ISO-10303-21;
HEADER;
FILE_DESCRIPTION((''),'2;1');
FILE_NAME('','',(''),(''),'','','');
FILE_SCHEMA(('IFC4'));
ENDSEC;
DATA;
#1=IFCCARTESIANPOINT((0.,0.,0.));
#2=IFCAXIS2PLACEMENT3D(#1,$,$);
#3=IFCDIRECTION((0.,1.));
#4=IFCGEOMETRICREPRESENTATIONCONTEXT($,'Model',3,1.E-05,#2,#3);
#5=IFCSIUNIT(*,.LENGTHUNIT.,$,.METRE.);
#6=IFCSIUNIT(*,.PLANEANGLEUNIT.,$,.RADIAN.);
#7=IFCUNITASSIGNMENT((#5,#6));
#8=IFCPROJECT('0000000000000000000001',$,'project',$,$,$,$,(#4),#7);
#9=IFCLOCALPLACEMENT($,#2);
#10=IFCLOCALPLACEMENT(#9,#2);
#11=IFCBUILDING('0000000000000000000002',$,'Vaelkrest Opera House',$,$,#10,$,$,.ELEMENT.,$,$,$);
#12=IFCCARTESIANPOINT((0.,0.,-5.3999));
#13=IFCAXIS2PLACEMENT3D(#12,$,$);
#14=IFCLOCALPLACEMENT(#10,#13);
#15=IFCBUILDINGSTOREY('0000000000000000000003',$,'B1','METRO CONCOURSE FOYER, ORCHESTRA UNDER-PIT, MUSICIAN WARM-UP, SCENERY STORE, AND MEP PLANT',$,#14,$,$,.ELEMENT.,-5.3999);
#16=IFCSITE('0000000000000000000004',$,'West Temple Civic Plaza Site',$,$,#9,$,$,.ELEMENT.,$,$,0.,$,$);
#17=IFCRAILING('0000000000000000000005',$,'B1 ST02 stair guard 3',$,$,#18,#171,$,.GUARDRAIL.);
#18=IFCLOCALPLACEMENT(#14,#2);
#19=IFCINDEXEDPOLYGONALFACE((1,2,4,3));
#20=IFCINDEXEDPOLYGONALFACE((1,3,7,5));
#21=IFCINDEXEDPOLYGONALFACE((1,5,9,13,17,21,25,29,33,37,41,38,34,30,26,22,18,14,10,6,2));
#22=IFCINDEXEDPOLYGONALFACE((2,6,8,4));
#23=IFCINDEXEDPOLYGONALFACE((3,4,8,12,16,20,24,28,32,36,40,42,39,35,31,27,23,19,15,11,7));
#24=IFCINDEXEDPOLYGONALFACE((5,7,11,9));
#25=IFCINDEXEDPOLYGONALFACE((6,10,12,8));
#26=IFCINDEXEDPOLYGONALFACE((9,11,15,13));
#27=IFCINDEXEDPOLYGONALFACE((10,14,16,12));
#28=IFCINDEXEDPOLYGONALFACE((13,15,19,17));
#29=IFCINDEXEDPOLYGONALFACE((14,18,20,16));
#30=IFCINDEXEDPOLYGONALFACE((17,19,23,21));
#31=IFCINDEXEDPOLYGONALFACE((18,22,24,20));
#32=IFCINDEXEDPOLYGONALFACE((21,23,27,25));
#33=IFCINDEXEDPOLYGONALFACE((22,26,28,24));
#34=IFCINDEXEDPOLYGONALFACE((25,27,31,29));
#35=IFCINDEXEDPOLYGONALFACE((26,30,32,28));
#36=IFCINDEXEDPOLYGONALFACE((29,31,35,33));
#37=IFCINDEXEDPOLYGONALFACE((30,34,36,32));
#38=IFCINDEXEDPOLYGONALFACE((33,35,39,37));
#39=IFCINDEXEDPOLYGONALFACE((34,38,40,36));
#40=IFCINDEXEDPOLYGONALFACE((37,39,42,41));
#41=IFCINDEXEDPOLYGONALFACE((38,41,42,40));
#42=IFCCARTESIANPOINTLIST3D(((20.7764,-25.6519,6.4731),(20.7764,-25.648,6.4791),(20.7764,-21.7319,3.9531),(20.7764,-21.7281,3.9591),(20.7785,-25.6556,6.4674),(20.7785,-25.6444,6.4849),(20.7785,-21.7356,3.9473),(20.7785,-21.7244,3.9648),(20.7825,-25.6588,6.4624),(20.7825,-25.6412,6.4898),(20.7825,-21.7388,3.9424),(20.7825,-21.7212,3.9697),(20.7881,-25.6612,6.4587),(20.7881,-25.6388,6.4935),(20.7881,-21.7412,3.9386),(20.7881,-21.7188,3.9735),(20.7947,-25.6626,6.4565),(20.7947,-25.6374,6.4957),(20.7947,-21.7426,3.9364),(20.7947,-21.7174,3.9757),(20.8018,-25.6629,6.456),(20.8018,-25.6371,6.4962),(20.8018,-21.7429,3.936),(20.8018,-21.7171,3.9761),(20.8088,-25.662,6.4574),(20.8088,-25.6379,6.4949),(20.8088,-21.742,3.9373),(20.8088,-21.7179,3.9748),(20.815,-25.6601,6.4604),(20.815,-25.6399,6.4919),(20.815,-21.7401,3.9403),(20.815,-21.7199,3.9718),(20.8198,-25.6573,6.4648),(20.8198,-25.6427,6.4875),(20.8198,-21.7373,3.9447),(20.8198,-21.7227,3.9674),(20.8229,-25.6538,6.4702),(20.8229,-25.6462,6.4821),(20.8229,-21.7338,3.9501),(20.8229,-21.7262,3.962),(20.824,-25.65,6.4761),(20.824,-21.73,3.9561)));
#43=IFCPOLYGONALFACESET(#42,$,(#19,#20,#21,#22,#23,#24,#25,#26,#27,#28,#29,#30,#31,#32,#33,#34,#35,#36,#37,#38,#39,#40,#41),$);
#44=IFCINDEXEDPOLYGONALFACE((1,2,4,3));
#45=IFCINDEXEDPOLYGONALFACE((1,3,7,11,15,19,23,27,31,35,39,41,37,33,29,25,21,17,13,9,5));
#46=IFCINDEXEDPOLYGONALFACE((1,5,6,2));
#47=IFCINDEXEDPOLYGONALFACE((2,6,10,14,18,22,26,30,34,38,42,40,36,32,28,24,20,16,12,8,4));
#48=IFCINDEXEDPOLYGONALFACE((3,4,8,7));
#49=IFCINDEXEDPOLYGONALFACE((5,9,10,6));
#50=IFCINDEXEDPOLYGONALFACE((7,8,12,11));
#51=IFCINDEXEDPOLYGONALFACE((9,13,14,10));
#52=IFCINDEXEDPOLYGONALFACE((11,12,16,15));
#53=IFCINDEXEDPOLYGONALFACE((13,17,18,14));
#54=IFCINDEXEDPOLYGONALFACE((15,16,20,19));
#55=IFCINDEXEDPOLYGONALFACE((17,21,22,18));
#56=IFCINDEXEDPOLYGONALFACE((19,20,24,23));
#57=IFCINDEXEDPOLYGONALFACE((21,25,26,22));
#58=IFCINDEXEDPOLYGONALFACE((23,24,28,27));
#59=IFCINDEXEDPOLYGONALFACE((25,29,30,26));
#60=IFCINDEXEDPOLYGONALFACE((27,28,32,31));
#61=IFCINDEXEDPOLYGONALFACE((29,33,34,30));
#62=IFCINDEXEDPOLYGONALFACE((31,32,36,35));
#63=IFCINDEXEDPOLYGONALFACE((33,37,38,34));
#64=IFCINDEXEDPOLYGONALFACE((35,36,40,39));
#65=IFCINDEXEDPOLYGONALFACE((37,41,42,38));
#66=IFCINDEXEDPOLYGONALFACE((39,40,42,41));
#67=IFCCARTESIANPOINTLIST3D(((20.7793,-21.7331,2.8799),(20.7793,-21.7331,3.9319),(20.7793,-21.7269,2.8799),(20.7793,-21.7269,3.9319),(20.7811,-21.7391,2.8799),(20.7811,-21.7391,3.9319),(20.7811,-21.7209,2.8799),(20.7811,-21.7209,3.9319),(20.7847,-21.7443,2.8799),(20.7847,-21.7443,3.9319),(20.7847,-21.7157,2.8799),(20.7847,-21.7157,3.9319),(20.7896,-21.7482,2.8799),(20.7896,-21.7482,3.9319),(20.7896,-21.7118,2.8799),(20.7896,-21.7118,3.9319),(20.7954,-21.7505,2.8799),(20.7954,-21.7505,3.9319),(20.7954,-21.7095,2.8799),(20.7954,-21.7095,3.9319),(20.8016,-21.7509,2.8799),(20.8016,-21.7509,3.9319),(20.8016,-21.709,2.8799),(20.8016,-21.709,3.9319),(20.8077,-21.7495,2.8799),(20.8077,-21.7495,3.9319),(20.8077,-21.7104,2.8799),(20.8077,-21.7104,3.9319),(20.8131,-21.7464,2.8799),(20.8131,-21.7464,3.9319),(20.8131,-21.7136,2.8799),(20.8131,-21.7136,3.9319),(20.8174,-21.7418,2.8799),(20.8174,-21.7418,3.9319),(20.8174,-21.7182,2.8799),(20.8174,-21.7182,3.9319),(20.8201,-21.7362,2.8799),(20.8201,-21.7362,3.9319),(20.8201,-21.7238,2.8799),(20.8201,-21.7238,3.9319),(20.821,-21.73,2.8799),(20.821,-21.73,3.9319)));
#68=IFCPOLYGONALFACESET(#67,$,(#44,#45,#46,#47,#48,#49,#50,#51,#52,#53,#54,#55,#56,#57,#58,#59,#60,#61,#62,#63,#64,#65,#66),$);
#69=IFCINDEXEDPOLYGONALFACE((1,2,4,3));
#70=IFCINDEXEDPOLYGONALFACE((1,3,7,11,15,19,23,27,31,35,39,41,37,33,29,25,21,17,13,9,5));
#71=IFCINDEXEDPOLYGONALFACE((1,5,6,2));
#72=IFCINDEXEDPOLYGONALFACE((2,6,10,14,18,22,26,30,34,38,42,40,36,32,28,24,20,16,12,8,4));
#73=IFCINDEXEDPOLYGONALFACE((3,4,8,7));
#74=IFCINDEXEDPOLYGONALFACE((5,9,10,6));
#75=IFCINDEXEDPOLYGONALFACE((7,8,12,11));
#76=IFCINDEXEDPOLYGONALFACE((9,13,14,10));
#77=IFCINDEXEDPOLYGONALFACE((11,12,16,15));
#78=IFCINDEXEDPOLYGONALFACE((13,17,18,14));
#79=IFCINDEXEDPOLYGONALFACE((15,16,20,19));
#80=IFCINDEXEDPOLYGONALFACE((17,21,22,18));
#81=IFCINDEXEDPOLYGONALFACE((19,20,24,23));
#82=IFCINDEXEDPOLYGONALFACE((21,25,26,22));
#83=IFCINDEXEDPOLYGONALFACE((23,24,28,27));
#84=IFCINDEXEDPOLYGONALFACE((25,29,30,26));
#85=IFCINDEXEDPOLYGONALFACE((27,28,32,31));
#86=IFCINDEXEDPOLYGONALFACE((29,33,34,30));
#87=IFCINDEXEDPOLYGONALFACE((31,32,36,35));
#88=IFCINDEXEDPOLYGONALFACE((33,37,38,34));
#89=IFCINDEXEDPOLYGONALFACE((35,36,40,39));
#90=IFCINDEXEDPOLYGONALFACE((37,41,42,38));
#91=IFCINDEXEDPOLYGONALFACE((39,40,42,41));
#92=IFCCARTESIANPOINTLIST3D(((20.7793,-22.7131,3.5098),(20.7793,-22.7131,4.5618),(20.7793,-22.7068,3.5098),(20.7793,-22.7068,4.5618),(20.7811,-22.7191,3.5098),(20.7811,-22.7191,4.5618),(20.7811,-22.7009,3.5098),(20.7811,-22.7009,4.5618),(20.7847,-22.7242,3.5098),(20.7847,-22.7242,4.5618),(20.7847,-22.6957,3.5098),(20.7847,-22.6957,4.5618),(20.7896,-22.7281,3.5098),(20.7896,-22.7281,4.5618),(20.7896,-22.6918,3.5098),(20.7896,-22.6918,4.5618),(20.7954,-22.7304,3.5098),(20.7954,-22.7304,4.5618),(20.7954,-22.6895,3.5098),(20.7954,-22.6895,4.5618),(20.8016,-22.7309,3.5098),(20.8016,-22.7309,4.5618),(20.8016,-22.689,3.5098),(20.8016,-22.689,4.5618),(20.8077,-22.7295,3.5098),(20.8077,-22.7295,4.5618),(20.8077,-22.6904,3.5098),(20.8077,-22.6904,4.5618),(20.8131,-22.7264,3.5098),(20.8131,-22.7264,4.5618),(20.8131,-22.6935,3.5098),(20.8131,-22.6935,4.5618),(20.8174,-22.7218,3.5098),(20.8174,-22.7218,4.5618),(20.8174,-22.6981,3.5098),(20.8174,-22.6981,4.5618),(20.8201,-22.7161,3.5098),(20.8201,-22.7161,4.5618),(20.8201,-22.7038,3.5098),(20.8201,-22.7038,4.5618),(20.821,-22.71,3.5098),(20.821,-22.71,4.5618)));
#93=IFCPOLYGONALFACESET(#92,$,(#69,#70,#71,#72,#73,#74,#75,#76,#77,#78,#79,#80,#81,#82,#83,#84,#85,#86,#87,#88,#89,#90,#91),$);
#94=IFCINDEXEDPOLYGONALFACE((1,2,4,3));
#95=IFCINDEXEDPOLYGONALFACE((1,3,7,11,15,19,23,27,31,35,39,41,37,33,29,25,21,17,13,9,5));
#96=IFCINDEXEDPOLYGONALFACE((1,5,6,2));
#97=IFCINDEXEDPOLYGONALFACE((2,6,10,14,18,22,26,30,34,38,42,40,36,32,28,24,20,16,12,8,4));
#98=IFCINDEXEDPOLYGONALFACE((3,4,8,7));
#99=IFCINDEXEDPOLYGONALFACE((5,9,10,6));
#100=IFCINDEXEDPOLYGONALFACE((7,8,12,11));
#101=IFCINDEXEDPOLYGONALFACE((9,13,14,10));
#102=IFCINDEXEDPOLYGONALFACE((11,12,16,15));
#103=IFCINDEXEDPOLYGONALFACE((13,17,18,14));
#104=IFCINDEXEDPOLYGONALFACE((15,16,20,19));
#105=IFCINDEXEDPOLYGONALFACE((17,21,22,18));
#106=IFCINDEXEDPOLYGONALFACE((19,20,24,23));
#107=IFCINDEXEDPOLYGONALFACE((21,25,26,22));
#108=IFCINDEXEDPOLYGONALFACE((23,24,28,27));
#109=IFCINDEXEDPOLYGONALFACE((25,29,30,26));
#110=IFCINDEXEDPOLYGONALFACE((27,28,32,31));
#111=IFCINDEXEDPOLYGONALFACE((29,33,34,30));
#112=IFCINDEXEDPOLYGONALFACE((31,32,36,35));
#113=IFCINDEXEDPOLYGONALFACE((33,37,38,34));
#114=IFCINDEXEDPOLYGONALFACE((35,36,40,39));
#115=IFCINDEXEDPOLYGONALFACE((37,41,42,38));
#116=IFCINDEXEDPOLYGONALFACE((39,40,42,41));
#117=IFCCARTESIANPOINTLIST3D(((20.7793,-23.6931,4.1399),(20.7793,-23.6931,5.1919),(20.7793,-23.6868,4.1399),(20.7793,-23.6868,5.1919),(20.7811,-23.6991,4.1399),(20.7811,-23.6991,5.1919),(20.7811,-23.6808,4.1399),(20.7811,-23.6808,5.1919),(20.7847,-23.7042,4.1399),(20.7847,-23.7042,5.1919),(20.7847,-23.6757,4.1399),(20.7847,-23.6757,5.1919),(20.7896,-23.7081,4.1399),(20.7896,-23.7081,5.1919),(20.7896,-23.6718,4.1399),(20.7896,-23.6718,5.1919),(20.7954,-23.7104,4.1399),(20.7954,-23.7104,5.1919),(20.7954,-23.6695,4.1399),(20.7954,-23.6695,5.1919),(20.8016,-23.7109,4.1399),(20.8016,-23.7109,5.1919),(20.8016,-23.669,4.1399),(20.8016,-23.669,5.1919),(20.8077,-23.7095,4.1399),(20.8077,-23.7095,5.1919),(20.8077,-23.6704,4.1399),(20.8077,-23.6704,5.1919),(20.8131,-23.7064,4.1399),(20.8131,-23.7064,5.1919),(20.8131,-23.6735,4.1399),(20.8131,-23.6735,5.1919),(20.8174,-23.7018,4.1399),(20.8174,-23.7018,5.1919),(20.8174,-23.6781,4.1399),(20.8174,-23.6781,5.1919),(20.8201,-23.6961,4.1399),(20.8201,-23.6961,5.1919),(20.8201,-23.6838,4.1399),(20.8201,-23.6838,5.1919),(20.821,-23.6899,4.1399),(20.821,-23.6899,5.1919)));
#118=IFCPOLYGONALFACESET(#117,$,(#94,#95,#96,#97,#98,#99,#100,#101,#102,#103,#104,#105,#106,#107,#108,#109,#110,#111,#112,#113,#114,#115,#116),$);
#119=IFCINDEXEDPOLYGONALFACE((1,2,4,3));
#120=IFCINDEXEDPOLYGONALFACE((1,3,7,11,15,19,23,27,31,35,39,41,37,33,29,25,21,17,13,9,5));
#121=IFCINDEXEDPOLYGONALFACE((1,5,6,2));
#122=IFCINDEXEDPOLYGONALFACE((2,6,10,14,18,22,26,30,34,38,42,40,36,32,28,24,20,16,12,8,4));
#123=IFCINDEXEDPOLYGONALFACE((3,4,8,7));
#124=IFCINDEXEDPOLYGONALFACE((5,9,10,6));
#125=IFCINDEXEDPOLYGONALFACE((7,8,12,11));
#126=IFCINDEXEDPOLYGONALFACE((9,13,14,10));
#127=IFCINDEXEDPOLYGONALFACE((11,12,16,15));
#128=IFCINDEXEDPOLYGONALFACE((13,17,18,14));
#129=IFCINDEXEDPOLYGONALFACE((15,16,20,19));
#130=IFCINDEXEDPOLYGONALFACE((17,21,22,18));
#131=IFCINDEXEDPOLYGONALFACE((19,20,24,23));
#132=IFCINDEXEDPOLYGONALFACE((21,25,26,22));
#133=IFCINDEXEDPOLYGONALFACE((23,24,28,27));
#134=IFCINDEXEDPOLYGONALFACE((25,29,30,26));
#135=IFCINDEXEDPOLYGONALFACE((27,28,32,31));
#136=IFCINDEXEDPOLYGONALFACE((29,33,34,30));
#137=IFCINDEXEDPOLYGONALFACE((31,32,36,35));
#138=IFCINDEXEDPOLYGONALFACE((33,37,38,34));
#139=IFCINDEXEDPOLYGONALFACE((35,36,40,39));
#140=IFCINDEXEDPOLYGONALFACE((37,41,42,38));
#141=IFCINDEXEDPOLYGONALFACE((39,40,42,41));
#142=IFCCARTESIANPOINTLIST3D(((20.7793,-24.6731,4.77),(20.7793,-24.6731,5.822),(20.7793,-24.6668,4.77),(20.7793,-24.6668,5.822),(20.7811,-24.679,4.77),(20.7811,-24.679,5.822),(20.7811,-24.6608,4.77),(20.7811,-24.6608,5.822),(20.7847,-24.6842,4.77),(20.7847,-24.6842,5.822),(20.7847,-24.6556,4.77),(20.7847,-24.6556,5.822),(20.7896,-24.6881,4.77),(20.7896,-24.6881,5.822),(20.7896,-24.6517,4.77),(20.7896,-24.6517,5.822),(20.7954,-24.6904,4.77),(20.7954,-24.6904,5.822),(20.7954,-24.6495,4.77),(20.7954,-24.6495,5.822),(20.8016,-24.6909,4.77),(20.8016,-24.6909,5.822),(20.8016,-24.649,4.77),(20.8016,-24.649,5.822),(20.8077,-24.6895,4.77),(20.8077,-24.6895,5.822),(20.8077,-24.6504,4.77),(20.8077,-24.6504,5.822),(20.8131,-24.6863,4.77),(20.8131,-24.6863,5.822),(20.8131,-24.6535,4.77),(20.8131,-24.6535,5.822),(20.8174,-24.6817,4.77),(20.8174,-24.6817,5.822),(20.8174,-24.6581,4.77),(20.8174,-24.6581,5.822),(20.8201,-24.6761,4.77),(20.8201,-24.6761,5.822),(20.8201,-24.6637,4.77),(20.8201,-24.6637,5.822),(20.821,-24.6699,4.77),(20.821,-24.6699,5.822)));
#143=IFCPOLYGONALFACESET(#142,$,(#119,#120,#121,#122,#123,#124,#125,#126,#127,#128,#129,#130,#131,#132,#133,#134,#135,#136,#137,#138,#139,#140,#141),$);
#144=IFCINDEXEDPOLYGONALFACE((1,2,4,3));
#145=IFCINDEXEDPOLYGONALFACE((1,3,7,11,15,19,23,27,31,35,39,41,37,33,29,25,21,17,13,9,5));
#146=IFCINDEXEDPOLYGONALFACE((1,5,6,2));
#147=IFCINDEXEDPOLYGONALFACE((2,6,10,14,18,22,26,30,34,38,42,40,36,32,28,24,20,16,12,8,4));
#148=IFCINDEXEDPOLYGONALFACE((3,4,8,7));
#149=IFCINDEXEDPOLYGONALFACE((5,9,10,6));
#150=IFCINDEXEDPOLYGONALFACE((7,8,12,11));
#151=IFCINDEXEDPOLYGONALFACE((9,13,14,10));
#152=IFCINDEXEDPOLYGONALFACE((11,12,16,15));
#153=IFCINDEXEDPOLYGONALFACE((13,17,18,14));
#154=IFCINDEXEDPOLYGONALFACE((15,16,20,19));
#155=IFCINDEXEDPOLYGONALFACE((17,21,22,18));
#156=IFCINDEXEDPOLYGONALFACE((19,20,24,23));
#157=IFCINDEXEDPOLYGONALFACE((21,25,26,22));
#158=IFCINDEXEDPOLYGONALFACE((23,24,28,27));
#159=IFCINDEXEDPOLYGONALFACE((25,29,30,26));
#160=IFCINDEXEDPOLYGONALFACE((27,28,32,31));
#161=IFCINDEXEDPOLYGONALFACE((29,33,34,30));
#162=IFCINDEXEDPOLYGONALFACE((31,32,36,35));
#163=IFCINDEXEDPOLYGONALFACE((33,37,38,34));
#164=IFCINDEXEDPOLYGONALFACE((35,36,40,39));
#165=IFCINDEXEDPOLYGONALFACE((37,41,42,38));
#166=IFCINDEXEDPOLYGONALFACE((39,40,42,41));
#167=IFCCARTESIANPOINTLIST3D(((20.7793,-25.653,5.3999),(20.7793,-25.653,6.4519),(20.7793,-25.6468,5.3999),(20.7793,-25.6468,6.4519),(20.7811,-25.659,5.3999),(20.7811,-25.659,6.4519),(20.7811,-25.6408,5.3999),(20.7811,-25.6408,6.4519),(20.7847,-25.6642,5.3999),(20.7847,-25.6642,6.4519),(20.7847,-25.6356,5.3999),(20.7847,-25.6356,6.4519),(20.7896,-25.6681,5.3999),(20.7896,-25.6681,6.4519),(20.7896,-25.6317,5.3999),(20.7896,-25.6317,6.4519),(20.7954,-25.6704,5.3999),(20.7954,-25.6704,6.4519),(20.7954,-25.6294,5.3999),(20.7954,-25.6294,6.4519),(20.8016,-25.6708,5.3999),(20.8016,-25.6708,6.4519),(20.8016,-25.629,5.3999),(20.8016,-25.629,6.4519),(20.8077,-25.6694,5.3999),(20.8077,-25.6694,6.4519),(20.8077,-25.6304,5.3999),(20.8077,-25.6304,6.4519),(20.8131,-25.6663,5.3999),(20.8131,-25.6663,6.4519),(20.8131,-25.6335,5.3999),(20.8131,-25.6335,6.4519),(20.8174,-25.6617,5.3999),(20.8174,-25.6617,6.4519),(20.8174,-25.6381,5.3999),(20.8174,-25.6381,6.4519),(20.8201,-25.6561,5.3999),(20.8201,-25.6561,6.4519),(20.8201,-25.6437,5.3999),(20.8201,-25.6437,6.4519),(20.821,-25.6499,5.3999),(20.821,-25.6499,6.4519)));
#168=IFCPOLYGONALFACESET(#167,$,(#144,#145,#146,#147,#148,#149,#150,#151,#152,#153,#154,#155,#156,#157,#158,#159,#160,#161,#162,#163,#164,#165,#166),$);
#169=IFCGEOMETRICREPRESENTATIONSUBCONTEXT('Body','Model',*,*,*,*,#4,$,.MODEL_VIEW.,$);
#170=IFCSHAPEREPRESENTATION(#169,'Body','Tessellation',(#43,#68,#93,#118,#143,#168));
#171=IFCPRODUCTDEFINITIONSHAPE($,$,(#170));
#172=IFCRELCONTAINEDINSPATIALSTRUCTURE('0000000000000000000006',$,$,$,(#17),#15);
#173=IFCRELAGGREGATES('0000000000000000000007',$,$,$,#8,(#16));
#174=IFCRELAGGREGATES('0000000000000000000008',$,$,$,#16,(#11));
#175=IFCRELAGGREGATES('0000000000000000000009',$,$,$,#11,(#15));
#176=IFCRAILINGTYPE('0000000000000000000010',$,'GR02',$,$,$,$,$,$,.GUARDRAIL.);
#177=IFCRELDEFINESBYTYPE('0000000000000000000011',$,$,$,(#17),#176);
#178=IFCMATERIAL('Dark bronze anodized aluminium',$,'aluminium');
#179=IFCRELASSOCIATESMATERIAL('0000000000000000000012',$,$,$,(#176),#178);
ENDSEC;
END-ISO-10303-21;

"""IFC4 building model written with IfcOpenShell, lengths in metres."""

from ifc_helpers import new_model, si_unit, direction, frame, origin, origin_2d, place, context, subcontext, project, spatial, circle, extrude, material, type_object, element, save


model = new_model("IFC4")

# Units and contexts
model_context = context("Model", 3, precision=1e-05, world=origin(), true_north=direction((0.0, 1.0)))
body_context = subcontext(model_context, "Body", "Model", "MODEL_VIEW")
ifc_project = project(units=[si_unit("LENGTHUNIT", "METRE"), si_unit("PLANEANGLEUNIT", "RADIAN")], contexts=[model_context])

# Site, building, storey
site_placement = place(None, origin())
site = spatial("IfcSite", under=ifc_project, at=site_placement, Name="West Temple Civic Plaza Site", CompositionType="ELEMENT", RefElevation=0.0)
building_placement = place(site_placement, origin())
building = spatial("IfcBuilding", under=site, at=building_placement, Name="Vaelkrest Opera House", CompositionType="ELEMENT")
storey_placement = place(building_placement, frame((0.0, 0.0, -5.3999)))
storey = spatial("IfcBuildingStorey", under=building, at=storey_placement, Name="B1", Description="METRO CONCOURSE FOYER, ORCHESTRA UNDER-PIT, MUSICIAN WARM-UP, SCENERY STORE, AND MEP PLANT", CompositionType="ELEMENT", Elevation=-5.3999)

# Railing
ifc_material_1 = material(Name="Dark bronze anodized aluminium", Category="aluminium")
railing_type_1 = type_object("IfcRailingType", Name="GR02", PredefinedType="GUARDRAIL", material=ifc_material_1)
railing_1_placement = place(storey_placement, frame((20.8, -21.73, 2.8799)))
element("IfcRailing", 1, at=railing_1_placement, inside=storey, type_object=railing_type_1, Name="B1 ST02 stair guard 3", PredefinedType="GUARDRAIL", context=body_context, shape_type="SweptSolid", body=[
    extrude(circle(Radius=0.0239, at=origin_2d()), frame((0.0, 0.0, 1.0762), z_axis=(0.0, -0.841172, 0.540768), x_axis=(1.0, 0.0, 0.0)), (0.0, 0.0, 1.0), 4.6602),
    extrude(circle(Radius=0.021, at=origin_2d()), origin(), (0.0, 0.0, 1.0), 1.052),
    extrude(circle(Radius=0.021, at=origin_2d()), frame((0.0, -0.98, 0.6299)), (0.0, 0.0, 1.0), 1.052),
    extrude(circle(Radius=0.021, at=origin_2d()), frame((0.0, -1.96, 1.26)), (0.0, 0.0, 1.0), 1.052),
    extrude(circle(Radius=0.021, at=origin_2d()), frame((0.0, -2.9399, 1.8901)), (0.0, 0.0, 1.0), 1.052),
    extrude(circle(Radius=0.021, at=origin_2d()), frame((0.0, -3.9199, 2.52)), (0.0, 0.0, 1.0), 1.052),
])

save(model, "model.ifc")
